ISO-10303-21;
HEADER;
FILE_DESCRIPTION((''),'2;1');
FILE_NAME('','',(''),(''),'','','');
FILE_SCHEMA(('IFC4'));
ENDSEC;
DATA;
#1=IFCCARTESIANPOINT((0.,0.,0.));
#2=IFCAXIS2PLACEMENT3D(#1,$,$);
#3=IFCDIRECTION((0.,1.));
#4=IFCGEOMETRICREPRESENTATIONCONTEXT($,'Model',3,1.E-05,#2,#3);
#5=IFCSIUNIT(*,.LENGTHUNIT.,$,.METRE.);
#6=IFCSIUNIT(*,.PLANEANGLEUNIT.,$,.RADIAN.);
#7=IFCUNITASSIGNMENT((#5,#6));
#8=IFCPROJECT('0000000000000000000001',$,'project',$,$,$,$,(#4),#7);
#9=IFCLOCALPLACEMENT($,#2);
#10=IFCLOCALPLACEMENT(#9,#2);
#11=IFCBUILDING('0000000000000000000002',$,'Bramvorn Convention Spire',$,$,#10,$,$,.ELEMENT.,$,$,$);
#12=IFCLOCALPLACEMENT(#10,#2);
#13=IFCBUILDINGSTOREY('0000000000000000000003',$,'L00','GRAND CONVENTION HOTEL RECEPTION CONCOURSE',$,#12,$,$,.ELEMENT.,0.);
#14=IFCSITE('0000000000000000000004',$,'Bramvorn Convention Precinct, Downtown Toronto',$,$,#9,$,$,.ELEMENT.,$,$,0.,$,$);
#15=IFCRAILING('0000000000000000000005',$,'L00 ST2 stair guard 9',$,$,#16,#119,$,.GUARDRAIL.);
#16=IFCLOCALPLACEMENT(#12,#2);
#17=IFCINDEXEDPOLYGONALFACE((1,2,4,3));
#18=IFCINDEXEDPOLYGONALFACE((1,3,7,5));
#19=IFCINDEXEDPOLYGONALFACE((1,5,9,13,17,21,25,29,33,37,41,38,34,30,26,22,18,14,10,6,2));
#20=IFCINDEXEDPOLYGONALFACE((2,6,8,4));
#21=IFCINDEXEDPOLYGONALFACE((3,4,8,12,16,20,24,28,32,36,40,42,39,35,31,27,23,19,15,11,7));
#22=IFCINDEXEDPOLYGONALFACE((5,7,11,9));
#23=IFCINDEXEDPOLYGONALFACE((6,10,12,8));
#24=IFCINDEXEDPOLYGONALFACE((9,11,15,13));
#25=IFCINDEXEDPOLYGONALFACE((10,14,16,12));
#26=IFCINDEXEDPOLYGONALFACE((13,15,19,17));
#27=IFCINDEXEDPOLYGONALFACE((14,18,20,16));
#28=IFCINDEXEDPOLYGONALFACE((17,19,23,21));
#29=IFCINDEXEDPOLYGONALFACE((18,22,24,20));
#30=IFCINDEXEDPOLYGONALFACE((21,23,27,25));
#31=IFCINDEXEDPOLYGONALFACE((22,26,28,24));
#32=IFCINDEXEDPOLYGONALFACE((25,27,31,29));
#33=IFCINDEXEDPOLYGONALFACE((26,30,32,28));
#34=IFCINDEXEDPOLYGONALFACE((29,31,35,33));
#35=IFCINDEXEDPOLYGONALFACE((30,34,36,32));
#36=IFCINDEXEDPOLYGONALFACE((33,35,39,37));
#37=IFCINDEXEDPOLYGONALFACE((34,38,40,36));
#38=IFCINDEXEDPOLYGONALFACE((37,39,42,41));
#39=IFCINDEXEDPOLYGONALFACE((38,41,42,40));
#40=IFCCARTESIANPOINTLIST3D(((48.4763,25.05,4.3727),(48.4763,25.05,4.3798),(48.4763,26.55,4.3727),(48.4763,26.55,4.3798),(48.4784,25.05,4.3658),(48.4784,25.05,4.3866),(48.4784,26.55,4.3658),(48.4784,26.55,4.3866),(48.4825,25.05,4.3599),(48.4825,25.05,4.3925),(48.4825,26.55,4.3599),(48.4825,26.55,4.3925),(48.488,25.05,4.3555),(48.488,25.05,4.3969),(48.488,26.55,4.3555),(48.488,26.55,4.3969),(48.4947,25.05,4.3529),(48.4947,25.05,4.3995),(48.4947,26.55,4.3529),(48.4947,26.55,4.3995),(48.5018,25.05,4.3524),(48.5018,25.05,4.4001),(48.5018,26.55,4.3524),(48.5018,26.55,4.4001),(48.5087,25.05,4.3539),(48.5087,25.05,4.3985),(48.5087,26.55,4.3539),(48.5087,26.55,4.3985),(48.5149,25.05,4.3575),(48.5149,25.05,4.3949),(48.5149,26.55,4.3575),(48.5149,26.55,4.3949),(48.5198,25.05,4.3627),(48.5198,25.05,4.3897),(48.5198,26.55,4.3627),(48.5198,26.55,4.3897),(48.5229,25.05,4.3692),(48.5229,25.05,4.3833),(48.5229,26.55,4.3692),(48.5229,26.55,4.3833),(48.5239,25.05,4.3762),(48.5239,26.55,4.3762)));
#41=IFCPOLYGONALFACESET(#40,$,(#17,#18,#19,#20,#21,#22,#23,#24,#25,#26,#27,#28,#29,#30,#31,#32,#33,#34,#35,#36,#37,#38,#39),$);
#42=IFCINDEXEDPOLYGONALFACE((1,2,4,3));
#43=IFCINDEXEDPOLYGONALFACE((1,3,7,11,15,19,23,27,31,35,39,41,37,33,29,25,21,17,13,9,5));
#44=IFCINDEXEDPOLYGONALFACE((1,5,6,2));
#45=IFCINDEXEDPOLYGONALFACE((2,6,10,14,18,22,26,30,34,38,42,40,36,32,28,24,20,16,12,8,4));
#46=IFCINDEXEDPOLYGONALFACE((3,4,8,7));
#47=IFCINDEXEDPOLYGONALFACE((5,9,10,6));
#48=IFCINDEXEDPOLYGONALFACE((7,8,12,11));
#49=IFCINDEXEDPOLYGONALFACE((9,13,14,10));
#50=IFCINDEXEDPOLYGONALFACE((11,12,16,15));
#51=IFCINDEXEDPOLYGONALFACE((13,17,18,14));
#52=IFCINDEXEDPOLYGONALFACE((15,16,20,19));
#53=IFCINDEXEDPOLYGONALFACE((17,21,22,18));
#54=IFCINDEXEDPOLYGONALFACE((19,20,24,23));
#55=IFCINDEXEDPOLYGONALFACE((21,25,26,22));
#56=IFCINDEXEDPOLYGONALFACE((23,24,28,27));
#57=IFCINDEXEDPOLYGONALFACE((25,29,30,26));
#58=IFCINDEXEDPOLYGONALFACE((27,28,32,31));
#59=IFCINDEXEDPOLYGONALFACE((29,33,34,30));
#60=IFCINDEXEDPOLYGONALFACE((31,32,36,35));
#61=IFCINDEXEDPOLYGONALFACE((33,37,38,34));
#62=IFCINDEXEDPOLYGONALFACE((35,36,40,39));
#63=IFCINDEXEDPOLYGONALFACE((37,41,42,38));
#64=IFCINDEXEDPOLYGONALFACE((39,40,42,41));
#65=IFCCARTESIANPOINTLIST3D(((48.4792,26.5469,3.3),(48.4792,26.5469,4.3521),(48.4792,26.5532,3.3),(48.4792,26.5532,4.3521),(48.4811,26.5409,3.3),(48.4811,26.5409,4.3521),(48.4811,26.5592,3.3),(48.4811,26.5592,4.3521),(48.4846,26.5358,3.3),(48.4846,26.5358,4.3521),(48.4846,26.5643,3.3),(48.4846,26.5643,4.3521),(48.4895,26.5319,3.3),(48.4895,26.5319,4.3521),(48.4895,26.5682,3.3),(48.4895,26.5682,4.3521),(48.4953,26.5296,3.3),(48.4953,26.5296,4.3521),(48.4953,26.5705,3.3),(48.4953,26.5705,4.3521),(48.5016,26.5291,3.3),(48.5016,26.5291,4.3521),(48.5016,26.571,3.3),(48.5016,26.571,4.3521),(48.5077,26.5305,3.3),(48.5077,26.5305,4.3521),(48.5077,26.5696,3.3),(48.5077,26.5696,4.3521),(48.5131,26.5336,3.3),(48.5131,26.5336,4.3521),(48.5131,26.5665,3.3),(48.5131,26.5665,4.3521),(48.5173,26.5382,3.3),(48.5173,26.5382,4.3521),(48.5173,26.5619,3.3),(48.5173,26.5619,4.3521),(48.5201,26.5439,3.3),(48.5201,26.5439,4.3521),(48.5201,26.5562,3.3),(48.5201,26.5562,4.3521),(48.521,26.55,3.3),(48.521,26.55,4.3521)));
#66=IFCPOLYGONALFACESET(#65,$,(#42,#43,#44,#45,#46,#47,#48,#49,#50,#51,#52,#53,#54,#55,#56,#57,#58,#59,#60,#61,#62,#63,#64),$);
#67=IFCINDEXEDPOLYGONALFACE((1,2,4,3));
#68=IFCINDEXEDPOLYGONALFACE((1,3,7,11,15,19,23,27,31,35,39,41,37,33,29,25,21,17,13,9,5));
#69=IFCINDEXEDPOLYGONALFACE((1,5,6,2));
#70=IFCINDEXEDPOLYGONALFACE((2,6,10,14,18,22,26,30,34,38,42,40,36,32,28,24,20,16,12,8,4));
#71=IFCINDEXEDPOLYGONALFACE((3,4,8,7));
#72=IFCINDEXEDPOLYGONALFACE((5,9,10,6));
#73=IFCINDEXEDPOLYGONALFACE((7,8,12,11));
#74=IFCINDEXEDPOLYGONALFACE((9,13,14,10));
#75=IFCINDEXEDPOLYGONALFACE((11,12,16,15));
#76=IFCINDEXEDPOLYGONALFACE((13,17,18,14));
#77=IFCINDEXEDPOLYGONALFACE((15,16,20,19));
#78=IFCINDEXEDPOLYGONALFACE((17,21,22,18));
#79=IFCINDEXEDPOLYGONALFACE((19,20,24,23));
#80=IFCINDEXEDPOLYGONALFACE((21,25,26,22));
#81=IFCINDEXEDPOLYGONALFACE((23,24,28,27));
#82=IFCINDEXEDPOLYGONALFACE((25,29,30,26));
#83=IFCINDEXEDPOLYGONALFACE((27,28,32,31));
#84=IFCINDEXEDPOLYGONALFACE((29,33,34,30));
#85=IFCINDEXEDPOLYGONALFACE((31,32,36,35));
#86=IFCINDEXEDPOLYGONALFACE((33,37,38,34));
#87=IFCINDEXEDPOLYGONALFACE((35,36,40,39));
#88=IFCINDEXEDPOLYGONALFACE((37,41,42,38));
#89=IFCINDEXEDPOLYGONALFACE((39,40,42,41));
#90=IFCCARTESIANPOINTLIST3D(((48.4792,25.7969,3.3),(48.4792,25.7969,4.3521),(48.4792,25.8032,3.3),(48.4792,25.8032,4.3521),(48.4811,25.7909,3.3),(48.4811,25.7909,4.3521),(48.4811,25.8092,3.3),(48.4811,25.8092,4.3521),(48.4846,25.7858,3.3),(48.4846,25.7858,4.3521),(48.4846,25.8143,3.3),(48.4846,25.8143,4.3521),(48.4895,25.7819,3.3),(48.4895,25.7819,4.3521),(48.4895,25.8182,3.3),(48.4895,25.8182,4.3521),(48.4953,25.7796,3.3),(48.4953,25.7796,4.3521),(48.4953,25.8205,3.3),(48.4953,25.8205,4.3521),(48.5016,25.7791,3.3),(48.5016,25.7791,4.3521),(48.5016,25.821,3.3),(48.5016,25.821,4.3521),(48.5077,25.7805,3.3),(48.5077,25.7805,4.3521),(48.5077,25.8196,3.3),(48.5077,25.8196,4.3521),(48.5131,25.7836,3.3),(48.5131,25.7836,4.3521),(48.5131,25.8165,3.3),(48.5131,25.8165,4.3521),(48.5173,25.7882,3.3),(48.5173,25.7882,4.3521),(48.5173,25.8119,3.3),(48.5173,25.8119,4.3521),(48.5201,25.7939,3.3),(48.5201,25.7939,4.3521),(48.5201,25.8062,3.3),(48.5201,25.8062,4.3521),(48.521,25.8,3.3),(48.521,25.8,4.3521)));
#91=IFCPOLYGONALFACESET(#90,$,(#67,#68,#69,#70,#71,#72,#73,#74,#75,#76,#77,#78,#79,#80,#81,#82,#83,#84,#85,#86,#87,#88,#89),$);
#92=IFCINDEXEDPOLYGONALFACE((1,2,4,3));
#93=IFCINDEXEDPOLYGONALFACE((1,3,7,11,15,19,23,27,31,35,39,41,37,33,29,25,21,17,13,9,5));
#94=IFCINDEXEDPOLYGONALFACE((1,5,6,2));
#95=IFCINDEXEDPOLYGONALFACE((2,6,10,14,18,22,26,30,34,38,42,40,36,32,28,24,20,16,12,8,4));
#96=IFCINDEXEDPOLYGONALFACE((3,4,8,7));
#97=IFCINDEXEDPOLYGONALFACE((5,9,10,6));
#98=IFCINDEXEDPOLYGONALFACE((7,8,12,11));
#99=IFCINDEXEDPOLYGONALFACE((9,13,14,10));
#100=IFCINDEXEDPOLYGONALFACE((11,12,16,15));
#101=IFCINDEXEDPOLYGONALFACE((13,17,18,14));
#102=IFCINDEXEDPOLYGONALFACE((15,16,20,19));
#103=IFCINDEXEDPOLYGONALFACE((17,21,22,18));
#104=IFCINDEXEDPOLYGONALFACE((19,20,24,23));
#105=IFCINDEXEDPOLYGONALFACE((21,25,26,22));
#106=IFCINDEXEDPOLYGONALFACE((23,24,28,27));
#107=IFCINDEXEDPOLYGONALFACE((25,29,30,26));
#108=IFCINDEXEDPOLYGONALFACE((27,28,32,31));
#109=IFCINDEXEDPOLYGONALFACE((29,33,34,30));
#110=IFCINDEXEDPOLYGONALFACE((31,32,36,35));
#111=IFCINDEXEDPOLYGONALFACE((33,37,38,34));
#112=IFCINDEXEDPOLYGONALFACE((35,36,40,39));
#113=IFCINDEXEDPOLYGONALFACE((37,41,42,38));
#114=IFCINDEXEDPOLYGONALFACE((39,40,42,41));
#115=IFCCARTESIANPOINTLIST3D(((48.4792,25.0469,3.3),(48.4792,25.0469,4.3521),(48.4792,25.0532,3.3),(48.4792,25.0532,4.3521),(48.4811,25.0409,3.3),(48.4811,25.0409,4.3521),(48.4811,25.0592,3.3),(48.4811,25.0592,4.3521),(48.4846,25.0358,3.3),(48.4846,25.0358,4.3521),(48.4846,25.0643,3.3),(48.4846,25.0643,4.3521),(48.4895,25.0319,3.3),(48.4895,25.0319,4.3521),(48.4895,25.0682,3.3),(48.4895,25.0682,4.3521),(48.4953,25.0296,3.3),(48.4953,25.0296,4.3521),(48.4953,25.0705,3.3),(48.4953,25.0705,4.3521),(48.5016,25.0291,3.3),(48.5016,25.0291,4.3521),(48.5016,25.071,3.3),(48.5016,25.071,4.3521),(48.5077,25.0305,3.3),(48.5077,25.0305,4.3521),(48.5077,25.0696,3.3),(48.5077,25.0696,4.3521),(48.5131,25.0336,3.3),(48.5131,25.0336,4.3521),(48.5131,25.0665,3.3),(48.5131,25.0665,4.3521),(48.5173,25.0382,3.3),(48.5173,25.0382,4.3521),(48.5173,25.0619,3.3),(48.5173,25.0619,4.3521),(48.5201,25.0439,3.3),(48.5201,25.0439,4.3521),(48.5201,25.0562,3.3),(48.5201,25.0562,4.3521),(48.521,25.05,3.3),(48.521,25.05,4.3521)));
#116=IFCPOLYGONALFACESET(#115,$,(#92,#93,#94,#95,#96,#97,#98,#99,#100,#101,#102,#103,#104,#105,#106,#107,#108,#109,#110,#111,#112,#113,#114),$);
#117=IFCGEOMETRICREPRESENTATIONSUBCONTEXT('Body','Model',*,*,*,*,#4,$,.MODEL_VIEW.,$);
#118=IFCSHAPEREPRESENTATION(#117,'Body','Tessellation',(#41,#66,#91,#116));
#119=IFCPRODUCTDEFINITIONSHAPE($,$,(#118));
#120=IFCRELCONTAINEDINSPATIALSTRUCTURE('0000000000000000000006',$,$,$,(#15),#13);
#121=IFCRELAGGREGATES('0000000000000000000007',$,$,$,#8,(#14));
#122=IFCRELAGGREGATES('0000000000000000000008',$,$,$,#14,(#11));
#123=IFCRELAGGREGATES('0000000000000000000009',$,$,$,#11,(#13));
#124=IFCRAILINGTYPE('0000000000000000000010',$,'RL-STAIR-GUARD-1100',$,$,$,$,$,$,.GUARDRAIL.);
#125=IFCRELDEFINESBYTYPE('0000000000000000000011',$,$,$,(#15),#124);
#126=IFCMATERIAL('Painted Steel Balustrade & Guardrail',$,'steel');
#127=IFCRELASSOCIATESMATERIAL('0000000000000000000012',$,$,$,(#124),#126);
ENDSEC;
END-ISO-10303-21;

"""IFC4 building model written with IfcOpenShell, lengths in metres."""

from ifc_helpers import new_model, si_unit, direction, frame, origin, origin_2d, place, context, subcontext, project, spatial, circle, extrude, material, type_object, element, save


model = new_model("IFC4")

# Units and contexts
model_context = context("Model", 3, precision=1e-05, world=origin(), true_north=direction((0.0, 1.0)))
body_context = subcontext(model_context, "Body", "Model", "MODEL_VIEW")
ifc_project = project(units=[si_unit("LENGTHUNIT", "METRE"), si_unit("PLANEANGLEUNIT", "RADIAN")], contexts=[model_context])

# Site, building, storey
site_placement = place(None, origin())
site = spatial("IfcSite", under=ifc_project, at=site_placement, Name="Bramvorn Convention Precinct, Downtown Toronto", CompositionType="ELEMENT", RefElevation=0.0)
building_placement = place(site_placement, origin())
building = spatial("IfcBuilding", under=site, at=building_placement, Name="Bramvorn Convention Spire", CompositionType="ELEMENT")
storey_placement = place(building_placement, origin())
storey = spatial("IfcBuildingStorey", under=building, at=storey_placement, Name="L00", Description="GRAND CONVENTION HOTEL RECEPTION CONCOURSE", CompositionType="ELEMENT", Elevation=0.0)

# Railing
ifc_material_1 = material(Name="Painted Steel Balustrade & Guardrail", Category="steel")
railing_type = type_object("IfcRailingType", Name="RL-STAIR-GUARD-1100", PredefinedType="GUARDRAIL", material=ifc_material_1)
for number, where, name in (
    (1, (48.5, 26.55, 3.3), "L00 ST2 stair guard 9"),
):
    element("IfcRailing", number, at=place(storey_placement, frame(where)), inside=storey, type_object=railing_type, Name=name, PredefinedType="GUARDRAIL", context=body_context, shape_type="SweptSolid", body=[
        extrude(circle(Radius=0.0239, at=origin_2d()), frame((0.0, 0.0, 1.0762), z_axis=(0.0, -1.0, 0.0), x_axis=(1.0, 0.0, 0.0)), (0.0, 0.0, 1.0), 1.5),
        extrude(circle(Radius=0.021, at=origin_2d()), origin(), (0.0, 0.0, 1.0), 1.052),
        extrude(circle(Radius=0.021, at=origin_2d()), frame((0.0, -0.75, 0.0)), (0.0, 0.0, 1.0), 1.052),
        extrude(circle(Radius=0.021, at=origin_2d()), frame((0.0, -1.5, 0.0)), (0.0, 0.0, 1.0), 1.052),
    ])

save(model, "model.ifc")
